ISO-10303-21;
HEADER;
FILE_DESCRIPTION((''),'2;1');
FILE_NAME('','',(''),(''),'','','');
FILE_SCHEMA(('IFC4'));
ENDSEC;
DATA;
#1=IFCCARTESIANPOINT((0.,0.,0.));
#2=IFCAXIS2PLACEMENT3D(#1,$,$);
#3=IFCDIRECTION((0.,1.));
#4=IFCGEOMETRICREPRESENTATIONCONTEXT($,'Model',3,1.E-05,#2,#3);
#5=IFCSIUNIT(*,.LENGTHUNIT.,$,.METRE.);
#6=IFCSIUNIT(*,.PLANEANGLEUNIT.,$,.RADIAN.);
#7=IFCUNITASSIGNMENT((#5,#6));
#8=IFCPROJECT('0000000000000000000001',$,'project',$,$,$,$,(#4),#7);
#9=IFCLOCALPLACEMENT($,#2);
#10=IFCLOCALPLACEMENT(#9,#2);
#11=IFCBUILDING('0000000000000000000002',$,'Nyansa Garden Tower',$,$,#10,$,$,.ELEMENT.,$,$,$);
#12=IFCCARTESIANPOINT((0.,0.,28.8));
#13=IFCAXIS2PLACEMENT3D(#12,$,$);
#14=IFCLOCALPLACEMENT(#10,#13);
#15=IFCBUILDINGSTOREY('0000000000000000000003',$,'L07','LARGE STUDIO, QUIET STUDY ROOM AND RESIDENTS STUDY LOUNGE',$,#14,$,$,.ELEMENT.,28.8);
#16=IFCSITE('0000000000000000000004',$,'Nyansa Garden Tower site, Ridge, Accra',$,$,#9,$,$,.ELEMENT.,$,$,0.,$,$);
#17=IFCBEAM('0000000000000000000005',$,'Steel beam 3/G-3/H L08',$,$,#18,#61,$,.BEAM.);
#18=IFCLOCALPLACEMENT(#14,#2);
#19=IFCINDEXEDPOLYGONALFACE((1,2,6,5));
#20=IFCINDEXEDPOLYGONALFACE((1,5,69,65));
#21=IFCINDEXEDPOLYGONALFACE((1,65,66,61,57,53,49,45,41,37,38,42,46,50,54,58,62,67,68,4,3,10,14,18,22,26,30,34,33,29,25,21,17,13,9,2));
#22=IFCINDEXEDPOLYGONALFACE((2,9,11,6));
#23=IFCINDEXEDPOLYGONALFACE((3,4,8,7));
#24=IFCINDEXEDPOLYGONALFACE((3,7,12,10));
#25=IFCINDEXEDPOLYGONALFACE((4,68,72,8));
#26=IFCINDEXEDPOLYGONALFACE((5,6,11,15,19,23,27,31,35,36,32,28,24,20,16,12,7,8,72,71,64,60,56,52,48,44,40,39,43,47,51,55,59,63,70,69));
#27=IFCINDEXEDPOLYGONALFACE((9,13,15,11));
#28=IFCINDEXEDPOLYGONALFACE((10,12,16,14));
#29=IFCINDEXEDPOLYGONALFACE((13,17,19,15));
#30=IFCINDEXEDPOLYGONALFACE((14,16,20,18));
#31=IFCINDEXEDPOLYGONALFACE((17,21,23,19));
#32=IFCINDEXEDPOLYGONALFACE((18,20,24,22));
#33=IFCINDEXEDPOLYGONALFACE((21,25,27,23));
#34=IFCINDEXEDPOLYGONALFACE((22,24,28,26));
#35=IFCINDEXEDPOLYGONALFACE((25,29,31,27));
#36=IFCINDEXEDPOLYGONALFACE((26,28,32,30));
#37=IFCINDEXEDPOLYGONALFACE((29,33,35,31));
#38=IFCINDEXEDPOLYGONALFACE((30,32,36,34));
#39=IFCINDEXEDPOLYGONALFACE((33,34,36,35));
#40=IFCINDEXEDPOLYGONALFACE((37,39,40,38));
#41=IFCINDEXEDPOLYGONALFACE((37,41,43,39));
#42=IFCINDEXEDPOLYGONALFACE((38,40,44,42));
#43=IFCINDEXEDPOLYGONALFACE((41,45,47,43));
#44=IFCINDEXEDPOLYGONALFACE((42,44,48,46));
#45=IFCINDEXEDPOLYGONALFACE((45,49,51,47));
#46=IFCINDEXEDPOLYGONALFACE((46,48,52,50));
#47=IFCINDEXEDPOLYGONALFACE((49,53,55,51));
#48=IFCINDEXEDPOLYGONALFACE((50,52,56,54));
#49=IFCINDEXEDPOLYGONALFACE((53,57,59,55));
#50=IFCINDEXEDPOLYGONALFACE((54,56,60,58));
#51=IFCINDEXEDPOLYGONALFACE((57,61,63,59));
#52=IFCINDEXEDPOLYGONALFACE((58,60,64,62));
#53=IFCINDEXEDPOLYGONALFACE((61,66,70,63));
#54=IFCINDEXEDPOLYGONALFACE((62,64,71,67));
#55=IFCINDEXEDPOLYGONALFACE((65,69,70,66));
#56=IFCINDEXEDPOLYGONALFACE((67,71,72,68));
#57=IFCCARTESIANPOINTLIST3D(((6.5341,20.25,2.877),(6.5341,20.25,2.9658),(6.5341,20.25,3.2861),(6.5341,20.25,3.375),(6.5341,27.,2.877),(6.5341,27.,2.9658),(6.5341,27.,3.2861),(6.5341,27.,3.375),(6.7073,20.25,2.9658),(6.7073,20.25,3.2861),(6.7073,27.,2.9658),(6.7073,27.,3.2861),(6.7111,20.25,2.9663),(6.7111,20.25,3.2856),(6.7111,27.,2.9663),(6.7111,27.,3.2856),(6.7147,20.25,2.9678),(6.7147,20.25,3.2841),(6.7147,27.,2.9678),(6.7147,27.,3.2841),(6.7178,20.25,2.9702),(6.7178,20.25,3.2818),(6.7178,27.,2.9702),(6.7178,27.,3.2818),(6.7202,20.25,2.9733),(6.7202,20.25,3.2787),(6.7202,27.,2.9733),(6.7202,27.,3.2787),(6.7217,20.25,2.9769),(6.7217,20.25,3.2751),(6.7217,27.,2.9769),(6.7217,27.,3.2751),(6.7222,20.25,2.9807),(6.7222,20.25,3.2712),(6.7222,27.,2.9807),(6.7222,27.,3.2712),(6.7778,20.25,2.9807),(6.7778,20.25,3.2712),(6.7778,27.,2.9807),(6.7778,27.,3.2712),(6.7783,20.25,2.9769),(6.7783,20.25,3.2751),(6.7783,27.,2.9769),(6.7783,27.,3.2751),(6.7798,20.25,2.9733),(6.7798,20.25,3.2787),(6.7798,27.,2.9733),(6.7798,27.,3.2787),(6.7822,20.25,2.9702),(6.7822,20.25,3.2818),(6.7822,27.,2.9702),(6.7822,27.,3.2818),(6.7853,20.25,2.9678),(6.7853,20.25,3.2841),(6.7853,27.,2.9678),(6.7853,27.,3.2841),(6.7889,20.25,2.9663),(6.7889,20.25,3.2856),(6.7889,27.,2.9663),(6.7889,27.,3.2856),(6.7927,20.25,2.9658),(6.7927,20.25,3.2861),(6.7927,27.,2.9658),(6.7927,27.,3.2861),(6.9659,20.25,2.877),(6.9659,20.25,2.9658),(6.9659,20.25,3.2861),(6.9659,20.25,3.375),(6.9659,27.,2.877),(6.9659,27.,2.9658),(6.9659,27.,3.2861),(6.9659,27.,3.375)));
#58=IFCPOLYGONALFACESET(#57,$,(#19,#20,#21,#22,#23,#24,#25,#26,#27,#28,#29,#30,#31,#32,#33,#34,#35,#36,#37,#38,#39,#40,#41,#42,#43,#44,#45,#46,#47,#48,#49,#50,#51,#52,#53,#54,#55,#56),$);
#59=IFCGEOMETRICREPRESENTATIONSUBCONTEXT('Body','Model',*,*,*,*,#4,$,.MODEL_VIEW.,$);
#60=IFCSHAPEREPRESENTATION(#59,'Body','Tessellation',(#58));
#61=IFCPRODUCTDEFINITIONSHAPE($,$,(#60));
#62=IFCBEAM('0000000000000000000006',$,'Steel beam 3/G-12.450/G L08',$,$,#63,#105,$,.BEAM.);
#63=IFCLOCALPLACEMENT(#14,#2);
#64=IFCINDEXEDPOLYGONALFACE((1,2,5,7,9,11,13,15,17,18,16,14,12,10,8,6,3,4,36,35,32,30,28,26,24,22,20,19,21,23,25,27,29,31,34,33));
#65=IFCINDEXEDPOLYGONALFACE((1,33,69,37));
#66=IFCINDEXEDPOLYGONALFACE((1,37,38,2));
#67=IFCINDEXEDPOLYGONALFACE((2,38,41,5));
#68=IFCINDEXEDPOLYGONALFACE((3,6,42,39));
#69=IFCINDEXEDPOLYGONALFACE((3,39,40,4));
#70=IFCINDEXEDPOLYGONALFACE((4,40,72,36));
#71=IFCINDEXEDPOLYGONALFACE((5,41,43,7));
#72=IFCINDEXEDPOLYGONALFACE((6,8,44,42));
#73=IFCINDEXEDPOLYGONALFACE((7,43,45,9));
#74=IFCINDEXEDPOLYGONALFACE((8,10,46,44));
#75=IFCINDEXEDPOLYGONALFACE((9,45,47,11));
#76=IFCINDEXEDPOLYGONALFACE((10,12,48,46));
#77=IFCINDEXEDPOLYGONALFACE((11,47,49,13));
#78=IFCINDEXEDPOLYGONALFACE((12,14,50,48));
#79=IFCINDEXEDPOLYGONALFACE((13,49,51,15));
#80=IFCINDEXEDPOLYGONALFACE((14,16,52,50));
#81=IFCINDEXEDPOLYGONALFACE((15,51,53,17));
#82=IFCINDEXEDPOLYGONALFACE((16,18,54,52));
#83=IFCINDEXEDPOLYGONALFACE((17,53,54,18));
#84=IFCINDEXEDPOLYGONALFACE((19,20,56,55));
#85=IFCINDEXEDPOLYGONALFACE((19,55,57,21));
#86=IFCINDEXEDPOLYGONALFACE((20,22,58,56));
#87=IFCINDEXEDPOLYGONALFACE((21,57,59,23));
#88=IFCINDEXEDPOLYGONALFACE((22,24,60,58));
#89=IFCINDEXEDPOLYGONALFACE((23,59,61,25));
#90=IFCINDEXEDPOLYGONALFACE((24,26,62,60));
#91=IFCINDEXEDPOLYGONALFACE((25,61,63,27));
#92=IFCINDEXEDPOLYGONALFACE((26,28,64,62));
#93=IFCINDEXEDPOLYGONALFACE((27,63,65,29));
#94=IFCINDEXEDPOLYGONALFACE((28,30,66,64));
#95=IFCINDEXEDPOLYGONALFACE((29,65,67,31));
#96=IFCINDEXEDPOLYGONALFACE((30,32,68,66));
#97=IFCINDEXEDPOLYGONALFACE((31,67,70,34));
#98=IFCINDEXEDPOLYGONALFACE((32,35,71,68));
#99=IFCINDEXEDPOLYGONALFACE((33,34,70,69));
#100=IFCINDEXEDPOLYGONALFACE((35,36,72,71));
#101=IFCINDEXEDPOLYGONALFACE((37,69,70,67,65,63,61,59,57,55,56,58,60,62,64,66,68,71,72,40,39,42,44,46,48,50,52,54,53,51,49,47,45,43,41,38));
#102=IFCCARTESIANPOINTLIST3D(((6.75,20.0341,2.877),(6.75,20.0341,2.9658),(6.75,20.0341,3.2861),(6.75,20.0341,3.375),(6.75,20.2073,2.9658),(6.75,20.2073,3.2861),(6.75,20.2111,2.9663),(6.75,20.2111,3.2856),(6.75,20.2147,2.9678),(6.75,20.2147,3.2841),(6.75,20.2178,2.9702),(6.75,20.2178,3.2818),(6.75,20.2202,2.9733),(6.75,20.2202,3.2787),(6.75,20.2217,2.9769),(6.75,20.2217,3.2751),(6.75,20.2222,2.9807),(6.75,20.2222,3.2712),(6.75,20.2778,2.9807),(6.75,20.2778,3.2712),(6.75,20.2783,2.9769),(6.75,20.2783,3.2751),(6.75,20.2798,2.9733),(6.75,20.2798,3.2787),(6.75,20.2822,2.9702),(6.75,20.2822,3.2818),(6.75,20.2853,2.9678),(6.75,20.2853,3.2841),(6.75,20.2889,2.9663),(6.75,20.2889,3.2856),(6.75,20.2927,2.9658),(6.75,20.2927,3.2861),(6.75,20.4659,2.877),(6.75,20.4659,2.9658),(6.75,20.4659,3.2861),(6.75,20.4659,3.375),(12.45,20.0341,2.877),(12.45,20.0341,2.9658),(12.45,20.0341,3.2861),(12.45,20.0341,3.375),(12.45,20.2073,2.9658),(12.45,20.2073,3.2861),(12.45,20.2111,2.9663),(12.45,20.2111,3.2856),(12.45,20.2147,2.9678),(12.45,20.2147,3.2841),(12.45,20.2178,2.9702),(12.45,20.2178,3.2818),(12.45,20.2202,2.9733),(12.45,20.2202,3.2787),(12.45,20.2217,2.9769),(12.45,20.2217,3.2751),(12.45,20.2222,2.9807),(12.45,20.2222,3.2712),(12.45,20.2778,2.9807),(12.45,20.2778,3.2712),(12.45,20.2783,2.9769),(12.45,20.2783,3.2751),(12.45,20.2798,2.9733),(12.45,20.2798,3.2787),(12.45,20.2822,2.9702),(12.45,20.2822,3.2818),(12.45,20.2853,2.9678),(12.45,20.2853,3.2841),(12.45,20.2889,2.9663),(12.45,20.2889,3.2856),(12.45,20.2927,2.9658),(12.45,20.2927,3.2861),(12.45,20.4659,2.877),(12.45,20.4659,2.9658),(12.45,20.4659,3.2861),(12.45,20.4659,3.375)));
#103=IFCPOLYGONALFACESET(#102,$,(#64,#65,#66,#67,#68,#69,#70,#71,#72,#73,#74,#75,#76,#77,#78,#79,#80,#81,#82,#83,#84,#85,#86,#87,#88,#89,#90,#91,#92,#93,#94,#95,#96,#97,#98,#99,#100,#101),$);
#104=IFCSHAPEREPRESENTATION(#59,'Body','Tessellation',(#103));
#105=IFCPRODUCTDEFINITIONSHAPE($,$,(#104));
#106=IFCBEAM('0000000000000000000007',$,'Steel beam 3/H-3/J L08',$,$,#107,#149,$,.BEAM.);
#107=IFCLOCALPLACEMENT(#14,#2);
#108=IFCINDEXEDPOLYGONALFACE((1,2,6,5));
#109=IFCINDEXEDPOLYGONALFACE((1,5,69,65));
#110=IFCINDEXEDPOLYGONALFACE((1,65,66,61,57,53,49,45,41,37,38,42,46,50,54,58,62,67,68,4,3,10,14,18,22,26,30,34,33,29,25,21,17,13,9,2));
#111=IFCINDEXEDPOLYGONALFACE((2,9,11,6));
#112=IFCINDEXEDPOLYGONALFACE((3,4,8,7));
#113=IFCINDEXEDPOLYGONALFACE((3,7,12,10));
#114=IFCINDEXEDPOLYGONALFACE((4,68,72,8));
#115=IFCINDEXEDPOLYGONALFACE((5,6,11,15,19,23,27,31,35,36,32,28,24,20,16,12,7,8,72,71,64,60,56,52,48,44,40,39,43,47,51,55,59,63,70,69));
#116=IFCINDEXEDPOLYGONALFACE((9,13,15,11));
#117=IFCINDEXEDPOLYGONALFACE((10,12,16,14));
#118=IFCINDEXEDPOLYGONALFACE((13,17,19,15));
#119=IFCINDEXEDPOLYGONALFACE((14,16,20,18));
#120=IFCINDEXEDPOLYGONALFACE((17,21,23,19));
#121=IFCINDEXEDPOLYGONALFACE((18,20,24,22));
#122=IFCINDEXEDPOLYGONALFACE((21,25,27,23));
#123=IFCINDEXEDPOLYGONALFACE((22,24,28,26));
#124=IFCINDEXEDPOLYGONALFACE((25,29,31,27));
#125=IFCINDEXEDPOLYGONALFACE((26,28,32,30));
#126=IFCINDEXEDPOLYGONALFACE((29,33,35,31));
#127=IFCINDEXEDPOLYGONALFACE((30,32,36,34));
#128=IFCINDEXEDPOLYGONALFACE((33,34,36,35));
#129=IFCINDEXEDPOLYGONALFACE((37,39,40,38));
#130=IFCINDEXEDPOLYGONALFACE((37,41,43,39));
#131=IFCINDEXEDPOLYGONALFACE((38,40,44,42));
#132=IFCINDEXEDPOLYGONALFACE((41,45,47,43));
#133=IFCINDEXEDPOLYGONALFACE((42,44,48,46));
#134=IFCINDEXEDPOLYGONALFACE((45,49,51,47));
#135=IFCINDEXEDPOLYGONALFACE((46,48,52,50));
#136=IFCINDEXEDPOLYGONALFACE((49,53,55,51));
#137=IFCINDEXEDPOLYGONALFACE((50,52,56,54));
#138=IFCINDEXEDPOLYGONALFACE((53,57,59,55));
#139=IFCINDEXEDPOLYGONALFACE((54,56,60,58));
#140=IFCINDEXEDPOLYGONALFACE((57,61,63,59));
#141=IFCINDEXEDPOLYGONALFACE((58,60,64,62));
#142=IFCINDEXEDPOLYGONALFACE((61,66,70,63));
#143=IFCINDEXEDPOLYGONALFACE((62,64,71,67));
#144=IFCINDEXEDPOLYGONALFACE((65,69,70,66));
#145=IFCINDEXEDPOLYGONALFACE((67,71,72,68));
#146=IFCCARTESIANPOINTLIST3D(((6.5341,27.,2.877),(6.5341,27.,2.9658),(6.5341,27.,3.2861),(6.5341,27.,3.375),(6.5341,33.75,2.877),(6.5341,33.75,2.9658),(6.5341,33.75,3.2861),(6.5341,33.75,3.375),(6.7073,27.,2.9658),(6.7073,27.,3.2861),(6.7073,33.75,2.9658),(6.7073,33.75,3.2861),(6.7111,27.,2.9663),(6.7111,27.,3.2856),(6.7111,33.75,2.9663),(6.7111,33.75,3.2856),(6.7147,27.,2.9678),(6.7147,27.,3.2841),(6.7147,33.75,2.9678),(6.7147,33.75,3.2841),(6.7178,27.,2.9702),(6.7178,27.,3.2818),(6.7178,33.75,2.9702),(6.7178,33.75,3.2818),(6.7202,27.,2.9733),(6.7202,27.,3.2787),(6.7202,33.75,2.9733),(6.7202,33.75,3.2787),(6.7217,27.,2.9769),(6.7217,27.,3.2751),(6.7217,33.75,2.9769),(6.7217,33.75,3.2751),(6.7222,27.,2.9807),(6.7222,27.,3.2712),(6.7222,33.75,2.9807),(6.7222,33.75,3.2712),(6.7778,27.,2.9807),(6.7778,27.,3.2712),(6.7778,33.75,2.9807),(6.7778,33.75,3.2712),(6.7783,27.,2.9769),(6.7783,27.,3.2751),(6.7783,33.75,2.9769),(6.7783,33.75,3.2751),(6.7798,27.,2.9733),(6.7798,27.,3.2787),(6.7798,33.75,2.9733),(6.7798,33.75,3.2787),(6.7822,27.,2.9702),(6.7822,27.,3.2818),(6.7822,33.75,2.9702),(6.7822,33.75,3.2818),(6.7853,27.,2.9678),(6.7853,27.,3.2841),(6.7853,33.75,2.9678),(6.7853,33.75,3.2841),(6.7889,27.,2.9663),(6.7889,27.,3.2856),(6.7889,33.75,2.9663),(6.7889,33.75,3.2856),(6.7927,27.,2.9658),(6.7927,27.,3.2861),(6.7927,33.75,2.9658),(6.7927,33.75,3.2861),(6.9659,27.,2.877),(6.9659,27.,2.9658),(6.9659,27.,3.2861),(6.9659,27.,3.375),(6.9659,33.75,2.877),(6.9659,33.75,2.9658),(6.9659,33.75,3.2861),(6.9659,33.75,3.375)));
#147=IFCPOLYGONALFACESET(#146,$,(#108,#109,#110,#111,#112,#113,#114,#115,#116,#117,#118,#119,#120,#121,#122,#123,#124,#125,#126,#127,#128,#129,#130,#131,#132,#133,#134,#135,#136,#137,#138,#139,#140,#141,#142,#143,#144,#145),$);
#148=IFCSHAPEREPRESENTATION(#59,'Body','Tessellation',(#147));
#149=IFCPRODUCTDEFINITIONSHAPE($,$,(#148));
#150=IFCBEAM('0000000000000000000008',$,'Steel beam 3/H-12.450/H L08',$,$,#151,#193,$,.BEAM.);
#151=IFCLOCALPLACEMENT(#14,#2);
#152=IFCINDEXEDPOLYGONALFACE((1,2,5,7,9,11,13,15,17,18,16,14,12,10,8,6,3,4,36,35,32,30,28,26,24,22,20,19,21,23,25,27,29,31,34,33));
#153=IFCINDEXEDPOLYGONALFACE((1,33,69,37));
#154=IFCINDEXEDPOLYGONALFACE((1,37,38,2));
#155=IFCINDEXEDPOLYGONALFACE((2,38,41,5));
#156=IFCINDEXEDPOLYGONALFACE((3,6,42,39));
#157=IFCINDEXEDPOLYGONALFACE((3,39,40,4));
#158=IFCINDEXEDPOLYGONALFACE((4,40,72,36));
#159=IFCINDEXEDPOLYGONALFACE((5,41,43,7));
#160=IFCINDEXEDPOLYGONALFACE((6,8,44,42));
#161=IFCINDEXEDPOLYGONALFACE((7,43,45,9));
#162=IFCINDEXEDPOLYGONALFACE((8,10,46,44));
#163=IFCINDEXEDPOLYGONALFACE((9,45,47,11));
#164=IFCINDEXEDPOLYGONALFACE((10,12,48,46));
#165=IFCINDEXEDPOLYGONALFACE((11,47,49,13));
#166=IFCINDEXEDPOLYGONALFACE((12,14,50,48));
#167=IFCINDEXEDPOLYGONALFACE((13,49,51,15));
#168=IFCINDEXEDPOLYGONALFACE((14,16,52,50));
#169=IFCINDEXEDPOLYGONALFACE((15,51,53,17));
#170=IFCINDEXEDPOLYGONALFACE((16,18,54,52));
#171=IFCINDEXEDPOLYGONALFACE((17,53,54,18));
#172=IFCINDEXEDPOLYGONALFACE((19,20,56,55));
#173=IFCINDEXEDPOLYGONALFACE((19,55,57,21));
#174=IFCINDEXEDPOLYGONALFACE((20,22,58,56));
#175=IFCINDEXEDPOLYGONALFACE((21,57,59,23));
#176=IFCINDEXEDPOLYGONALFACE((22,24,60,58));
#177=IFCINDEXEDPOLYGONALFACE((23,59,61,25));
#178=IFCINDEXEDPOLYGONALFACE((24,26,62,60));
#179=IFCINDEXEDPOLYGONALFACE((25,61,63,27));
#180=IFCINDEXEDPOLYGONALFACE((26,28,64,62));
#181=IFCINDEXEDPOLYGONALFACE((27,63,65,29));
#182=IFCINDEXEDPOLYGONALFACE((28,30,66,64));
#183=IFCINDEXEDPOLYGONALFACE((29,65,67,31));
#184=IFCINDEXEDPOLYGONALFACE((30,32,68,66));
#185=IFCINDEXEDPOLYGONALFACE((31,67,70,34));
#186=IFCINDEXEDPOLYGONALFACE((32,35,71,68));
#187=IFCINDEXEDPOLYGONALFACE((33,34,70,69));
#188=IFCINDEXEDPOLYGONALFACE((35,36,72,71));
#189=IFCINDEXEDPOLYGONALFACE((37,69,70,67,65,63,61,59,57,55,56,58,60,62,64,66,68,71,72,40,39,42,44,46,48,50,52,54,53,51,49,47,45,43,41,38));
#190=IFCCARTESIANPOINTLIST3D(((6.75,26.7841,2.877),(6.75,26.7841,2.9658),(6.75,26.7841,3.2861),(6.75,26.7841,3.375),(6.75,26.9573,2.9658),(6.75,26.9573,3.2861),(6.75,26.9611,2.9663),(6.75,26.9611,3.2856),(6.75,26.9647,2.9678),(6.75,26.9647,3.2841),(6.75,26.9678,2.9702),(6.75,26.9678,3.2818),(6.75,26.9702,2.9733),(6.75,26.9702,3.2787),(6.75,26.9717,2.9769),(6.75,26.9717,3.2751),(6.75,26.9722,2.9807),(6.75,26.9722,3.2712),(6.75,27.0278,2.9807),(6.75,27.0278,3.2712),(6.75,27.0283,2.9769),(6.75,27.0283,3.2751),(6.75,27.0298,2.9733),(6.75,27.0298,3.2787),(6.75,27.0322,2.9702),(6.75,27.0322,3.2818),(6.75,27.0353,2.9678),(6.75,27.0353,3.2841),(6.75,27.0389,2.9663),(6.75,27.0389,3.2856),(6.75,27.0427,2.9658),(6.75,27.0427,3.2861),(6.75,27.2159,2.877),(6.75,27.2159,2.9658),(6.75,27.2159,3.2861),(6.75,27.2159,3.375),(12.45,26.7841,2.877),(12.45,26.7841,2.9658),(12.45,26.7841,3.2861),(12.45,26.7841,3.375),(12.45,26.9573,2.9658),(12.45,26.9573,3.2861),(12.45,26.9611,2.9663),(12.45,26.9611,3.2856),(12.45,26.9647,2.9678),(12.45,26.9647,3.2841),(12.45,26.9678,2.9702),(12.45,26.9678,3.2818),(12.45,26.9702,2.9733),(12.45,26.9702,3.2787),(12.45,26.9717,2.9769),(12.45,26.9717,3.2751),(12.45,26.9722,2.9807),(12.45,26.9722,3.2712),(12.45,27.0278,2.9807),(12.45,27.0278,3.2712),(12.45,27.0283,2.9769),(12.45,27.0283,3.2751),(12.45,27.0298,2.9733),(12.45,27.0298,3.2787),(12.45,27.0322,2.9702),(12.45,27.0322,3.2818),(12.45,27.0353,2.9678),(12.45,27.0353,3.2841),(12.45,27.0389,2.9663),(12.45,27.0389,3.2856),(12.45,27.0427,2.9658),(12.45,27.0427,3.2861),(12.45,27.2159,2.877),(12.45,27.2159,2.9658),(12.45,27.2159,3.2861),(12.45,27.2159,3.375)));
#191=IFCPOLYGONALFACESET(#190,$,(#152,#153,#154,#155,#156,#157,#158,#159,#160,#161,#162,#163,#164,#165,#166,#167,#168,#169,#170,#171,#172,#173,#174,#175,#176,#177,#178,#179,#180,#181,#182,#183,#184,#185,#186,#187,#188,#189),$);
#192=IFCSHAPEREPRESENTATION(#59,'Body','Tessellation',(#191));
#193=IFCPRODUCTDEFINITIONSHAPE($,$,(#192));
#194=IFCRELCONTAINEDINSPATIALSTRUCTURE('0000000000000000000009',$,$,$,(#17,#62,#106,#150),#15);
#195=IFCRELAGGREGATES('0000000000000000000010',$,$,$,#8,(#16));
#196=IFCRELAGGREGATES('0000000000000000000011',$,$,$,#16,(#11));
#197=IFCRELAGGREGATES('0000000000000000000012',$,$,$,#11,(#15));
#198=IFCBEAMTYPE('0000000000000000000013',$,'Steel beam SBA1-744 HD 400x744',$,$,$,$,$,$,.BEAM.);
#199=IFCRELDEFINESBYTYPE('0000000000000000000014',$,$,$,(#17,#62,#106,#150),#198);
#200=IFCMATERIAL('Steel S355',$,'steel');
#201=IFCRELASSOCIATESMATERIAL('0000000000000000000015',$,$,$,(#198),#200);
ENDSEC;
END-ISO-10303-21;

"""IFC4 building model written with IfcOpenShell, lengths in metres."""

from ifc_helpers import new_model, si_unit, direction, frame, origin, origin_2d, place, context, subcontext, project, spatial, i_section, extrude, material, material_profile, profile_set, type_object, element, save


model = new_model("IFC4")

# Units and contexts
model_context = context("Model", 3, precision=1e-05, world=origin(), true_north=direction((0.0, 1.0)))
body_context = subcontext(model_context, "Body", "Model", "MODEL_VIEW")
ifc_project = project(units=[si_unit("LENGTHUNIT", "METRE"), si_unit("PLANEANGLEUNIT", "RADIAN")], contexts=[model_context])

# Site, building, storey
site_placement = place(None, origin())
site = spatial("IfcSite", under=ifc_project, at=site_placement, Name="Nyansa Garden Tower site, Ridge, Accra", CompositionType="ELEMENT", RefElevation=0.0)
building_placement = place(site_placement, origin())
building = spatial("IfcBuilding", under=site, at=building_placement, Name="Nyansa Garden Tower", CompositionType="ELEMENT")
storey_placement = place(building_placement, frame((0.0, 0.0, 28.8)))
storey = spatial("IfcBuildingStorey", under=building, at=storey_placement, Name="L07", Description="LARGE STUDIO, QUIET STUDY ROOM AND RESIDENTS STUDY LOUNGE", CompositionType="ELEMENT", Elevation=28.8)

# Beams
ifc_material_1 = material(Name="Steel S355", Category="steel")
ifc_material_profile_1 = material_profile(ifc_material_1, i_section(OverallWidth=0.4319, OverallDepth=0.498, WebThickness=0.0557, FlangeThickness=0.0889, FilletRadius=0.0149, at=origin_2d()), Name="HD 400x744")
ifc_profile_set_1 = profile_set([ifc_material_profile_1], Name="Steel S355")
beam_type_1 = type_object("IfcBeamType", Name="Steel beam SBA1-744 HD 400x744", PredefinedType="BEAM", material=ifc_profile_set_1)
beam_1_placement = place(storey_placement, frame((6.75, 20.25, 3.126), z_axis=(0.0, 1.0, 0.0), x_axis=(-1.0, 0.0, 0.0)))
element("IfcBeam", 1, at=beam_1_placement, inside=storey, type_object=beam_type_1, Name="Steel beam 3/G-3/H L08", PredefinedType="BEAM", context=body_context, shape_type="SweptSolid", body=[
    extrude(i_section(OverallWidth=0.4319, OverallDepth=0.498, WebThickness=0.0557, FlangeThickness=0.0889, FilletRadius=0.0149, at=origin_2d()), origin(), (0.0, 0.0, 1.0), 6.75),
])
beam_2_placement = place(storey_placement, frame((6.75, 20.25, 3.126), z_axis=(1.0, 0.0, 0.0), x_axis=(0.0, 1.0, 0.0)))
element("IfcBeam", 2, at=beam_2_placement, inside=storey, type_object=beam_type_1, Name="Steel beam 3/G-12.450/G L08", PredefinedType="BEAM", context=body_context, shape_type="SweptSolid", body=[
    extrude(i_section(OverallWidth=0.4319, OverallDepth=0.498, WebThickness=0.0557, FlangeThickness=0.0889, FilletRadius=0.0149, at=origin_2d()), origin(), (0.0, 0.0, 1.0), 5.7),
])
beam_3_placement = place(storey_placement, frame((6.75, 27.0, 3.126), z_axis=(0.0, 1.0, 0.0), x_axis=(-1.0, 0.0, 0.0)))
element("IfcBeam", 3, at=beam_3_placement, inside=storey, type_object=beam_type_1, Name="Steel beam 3/H-3/J L08", PredefinedType="BEAM", context=body_context, shape_type="SweptSolid", body=[
    extrude(i_section(OverallWidth=0.4319, OverallDepth=0.498, WebThickness=0.0557, FlangeThickness=0.0889, FilletRadius=0.0149, at=origin_2d()), origin(), (0.0, 0.0, 1.0), 6.75),
])
for number, where, z_axis, x_axis, name in (
    (4, (6.75, 27.0, 3.126), (1.0, 0.0, 0.0), (0.0, 1.0, 0.0), "Steel beam 3/H-12.450/H L08"),
):
    element("IfcBeam", number, at=place(storey_placement, frame(where, z_axis=z_axis, x_axis=x_axis)), inside=storey, type_object=beam_type_1, Name=name, PredefinedType="BEAM", context=body_context, shape_type="SweptSolid", body=[
        extrude(i_section(OverallWidth=0.4319, OverallDepth=0.498, WebThickness=0.0557, FlangeThickness=0.0889, FilletRadius=0.0149, at=origin_2d()), origin(), (0.0, 0.0, 1.0), 5.7),
    ])

save(model, "model.ifc")
